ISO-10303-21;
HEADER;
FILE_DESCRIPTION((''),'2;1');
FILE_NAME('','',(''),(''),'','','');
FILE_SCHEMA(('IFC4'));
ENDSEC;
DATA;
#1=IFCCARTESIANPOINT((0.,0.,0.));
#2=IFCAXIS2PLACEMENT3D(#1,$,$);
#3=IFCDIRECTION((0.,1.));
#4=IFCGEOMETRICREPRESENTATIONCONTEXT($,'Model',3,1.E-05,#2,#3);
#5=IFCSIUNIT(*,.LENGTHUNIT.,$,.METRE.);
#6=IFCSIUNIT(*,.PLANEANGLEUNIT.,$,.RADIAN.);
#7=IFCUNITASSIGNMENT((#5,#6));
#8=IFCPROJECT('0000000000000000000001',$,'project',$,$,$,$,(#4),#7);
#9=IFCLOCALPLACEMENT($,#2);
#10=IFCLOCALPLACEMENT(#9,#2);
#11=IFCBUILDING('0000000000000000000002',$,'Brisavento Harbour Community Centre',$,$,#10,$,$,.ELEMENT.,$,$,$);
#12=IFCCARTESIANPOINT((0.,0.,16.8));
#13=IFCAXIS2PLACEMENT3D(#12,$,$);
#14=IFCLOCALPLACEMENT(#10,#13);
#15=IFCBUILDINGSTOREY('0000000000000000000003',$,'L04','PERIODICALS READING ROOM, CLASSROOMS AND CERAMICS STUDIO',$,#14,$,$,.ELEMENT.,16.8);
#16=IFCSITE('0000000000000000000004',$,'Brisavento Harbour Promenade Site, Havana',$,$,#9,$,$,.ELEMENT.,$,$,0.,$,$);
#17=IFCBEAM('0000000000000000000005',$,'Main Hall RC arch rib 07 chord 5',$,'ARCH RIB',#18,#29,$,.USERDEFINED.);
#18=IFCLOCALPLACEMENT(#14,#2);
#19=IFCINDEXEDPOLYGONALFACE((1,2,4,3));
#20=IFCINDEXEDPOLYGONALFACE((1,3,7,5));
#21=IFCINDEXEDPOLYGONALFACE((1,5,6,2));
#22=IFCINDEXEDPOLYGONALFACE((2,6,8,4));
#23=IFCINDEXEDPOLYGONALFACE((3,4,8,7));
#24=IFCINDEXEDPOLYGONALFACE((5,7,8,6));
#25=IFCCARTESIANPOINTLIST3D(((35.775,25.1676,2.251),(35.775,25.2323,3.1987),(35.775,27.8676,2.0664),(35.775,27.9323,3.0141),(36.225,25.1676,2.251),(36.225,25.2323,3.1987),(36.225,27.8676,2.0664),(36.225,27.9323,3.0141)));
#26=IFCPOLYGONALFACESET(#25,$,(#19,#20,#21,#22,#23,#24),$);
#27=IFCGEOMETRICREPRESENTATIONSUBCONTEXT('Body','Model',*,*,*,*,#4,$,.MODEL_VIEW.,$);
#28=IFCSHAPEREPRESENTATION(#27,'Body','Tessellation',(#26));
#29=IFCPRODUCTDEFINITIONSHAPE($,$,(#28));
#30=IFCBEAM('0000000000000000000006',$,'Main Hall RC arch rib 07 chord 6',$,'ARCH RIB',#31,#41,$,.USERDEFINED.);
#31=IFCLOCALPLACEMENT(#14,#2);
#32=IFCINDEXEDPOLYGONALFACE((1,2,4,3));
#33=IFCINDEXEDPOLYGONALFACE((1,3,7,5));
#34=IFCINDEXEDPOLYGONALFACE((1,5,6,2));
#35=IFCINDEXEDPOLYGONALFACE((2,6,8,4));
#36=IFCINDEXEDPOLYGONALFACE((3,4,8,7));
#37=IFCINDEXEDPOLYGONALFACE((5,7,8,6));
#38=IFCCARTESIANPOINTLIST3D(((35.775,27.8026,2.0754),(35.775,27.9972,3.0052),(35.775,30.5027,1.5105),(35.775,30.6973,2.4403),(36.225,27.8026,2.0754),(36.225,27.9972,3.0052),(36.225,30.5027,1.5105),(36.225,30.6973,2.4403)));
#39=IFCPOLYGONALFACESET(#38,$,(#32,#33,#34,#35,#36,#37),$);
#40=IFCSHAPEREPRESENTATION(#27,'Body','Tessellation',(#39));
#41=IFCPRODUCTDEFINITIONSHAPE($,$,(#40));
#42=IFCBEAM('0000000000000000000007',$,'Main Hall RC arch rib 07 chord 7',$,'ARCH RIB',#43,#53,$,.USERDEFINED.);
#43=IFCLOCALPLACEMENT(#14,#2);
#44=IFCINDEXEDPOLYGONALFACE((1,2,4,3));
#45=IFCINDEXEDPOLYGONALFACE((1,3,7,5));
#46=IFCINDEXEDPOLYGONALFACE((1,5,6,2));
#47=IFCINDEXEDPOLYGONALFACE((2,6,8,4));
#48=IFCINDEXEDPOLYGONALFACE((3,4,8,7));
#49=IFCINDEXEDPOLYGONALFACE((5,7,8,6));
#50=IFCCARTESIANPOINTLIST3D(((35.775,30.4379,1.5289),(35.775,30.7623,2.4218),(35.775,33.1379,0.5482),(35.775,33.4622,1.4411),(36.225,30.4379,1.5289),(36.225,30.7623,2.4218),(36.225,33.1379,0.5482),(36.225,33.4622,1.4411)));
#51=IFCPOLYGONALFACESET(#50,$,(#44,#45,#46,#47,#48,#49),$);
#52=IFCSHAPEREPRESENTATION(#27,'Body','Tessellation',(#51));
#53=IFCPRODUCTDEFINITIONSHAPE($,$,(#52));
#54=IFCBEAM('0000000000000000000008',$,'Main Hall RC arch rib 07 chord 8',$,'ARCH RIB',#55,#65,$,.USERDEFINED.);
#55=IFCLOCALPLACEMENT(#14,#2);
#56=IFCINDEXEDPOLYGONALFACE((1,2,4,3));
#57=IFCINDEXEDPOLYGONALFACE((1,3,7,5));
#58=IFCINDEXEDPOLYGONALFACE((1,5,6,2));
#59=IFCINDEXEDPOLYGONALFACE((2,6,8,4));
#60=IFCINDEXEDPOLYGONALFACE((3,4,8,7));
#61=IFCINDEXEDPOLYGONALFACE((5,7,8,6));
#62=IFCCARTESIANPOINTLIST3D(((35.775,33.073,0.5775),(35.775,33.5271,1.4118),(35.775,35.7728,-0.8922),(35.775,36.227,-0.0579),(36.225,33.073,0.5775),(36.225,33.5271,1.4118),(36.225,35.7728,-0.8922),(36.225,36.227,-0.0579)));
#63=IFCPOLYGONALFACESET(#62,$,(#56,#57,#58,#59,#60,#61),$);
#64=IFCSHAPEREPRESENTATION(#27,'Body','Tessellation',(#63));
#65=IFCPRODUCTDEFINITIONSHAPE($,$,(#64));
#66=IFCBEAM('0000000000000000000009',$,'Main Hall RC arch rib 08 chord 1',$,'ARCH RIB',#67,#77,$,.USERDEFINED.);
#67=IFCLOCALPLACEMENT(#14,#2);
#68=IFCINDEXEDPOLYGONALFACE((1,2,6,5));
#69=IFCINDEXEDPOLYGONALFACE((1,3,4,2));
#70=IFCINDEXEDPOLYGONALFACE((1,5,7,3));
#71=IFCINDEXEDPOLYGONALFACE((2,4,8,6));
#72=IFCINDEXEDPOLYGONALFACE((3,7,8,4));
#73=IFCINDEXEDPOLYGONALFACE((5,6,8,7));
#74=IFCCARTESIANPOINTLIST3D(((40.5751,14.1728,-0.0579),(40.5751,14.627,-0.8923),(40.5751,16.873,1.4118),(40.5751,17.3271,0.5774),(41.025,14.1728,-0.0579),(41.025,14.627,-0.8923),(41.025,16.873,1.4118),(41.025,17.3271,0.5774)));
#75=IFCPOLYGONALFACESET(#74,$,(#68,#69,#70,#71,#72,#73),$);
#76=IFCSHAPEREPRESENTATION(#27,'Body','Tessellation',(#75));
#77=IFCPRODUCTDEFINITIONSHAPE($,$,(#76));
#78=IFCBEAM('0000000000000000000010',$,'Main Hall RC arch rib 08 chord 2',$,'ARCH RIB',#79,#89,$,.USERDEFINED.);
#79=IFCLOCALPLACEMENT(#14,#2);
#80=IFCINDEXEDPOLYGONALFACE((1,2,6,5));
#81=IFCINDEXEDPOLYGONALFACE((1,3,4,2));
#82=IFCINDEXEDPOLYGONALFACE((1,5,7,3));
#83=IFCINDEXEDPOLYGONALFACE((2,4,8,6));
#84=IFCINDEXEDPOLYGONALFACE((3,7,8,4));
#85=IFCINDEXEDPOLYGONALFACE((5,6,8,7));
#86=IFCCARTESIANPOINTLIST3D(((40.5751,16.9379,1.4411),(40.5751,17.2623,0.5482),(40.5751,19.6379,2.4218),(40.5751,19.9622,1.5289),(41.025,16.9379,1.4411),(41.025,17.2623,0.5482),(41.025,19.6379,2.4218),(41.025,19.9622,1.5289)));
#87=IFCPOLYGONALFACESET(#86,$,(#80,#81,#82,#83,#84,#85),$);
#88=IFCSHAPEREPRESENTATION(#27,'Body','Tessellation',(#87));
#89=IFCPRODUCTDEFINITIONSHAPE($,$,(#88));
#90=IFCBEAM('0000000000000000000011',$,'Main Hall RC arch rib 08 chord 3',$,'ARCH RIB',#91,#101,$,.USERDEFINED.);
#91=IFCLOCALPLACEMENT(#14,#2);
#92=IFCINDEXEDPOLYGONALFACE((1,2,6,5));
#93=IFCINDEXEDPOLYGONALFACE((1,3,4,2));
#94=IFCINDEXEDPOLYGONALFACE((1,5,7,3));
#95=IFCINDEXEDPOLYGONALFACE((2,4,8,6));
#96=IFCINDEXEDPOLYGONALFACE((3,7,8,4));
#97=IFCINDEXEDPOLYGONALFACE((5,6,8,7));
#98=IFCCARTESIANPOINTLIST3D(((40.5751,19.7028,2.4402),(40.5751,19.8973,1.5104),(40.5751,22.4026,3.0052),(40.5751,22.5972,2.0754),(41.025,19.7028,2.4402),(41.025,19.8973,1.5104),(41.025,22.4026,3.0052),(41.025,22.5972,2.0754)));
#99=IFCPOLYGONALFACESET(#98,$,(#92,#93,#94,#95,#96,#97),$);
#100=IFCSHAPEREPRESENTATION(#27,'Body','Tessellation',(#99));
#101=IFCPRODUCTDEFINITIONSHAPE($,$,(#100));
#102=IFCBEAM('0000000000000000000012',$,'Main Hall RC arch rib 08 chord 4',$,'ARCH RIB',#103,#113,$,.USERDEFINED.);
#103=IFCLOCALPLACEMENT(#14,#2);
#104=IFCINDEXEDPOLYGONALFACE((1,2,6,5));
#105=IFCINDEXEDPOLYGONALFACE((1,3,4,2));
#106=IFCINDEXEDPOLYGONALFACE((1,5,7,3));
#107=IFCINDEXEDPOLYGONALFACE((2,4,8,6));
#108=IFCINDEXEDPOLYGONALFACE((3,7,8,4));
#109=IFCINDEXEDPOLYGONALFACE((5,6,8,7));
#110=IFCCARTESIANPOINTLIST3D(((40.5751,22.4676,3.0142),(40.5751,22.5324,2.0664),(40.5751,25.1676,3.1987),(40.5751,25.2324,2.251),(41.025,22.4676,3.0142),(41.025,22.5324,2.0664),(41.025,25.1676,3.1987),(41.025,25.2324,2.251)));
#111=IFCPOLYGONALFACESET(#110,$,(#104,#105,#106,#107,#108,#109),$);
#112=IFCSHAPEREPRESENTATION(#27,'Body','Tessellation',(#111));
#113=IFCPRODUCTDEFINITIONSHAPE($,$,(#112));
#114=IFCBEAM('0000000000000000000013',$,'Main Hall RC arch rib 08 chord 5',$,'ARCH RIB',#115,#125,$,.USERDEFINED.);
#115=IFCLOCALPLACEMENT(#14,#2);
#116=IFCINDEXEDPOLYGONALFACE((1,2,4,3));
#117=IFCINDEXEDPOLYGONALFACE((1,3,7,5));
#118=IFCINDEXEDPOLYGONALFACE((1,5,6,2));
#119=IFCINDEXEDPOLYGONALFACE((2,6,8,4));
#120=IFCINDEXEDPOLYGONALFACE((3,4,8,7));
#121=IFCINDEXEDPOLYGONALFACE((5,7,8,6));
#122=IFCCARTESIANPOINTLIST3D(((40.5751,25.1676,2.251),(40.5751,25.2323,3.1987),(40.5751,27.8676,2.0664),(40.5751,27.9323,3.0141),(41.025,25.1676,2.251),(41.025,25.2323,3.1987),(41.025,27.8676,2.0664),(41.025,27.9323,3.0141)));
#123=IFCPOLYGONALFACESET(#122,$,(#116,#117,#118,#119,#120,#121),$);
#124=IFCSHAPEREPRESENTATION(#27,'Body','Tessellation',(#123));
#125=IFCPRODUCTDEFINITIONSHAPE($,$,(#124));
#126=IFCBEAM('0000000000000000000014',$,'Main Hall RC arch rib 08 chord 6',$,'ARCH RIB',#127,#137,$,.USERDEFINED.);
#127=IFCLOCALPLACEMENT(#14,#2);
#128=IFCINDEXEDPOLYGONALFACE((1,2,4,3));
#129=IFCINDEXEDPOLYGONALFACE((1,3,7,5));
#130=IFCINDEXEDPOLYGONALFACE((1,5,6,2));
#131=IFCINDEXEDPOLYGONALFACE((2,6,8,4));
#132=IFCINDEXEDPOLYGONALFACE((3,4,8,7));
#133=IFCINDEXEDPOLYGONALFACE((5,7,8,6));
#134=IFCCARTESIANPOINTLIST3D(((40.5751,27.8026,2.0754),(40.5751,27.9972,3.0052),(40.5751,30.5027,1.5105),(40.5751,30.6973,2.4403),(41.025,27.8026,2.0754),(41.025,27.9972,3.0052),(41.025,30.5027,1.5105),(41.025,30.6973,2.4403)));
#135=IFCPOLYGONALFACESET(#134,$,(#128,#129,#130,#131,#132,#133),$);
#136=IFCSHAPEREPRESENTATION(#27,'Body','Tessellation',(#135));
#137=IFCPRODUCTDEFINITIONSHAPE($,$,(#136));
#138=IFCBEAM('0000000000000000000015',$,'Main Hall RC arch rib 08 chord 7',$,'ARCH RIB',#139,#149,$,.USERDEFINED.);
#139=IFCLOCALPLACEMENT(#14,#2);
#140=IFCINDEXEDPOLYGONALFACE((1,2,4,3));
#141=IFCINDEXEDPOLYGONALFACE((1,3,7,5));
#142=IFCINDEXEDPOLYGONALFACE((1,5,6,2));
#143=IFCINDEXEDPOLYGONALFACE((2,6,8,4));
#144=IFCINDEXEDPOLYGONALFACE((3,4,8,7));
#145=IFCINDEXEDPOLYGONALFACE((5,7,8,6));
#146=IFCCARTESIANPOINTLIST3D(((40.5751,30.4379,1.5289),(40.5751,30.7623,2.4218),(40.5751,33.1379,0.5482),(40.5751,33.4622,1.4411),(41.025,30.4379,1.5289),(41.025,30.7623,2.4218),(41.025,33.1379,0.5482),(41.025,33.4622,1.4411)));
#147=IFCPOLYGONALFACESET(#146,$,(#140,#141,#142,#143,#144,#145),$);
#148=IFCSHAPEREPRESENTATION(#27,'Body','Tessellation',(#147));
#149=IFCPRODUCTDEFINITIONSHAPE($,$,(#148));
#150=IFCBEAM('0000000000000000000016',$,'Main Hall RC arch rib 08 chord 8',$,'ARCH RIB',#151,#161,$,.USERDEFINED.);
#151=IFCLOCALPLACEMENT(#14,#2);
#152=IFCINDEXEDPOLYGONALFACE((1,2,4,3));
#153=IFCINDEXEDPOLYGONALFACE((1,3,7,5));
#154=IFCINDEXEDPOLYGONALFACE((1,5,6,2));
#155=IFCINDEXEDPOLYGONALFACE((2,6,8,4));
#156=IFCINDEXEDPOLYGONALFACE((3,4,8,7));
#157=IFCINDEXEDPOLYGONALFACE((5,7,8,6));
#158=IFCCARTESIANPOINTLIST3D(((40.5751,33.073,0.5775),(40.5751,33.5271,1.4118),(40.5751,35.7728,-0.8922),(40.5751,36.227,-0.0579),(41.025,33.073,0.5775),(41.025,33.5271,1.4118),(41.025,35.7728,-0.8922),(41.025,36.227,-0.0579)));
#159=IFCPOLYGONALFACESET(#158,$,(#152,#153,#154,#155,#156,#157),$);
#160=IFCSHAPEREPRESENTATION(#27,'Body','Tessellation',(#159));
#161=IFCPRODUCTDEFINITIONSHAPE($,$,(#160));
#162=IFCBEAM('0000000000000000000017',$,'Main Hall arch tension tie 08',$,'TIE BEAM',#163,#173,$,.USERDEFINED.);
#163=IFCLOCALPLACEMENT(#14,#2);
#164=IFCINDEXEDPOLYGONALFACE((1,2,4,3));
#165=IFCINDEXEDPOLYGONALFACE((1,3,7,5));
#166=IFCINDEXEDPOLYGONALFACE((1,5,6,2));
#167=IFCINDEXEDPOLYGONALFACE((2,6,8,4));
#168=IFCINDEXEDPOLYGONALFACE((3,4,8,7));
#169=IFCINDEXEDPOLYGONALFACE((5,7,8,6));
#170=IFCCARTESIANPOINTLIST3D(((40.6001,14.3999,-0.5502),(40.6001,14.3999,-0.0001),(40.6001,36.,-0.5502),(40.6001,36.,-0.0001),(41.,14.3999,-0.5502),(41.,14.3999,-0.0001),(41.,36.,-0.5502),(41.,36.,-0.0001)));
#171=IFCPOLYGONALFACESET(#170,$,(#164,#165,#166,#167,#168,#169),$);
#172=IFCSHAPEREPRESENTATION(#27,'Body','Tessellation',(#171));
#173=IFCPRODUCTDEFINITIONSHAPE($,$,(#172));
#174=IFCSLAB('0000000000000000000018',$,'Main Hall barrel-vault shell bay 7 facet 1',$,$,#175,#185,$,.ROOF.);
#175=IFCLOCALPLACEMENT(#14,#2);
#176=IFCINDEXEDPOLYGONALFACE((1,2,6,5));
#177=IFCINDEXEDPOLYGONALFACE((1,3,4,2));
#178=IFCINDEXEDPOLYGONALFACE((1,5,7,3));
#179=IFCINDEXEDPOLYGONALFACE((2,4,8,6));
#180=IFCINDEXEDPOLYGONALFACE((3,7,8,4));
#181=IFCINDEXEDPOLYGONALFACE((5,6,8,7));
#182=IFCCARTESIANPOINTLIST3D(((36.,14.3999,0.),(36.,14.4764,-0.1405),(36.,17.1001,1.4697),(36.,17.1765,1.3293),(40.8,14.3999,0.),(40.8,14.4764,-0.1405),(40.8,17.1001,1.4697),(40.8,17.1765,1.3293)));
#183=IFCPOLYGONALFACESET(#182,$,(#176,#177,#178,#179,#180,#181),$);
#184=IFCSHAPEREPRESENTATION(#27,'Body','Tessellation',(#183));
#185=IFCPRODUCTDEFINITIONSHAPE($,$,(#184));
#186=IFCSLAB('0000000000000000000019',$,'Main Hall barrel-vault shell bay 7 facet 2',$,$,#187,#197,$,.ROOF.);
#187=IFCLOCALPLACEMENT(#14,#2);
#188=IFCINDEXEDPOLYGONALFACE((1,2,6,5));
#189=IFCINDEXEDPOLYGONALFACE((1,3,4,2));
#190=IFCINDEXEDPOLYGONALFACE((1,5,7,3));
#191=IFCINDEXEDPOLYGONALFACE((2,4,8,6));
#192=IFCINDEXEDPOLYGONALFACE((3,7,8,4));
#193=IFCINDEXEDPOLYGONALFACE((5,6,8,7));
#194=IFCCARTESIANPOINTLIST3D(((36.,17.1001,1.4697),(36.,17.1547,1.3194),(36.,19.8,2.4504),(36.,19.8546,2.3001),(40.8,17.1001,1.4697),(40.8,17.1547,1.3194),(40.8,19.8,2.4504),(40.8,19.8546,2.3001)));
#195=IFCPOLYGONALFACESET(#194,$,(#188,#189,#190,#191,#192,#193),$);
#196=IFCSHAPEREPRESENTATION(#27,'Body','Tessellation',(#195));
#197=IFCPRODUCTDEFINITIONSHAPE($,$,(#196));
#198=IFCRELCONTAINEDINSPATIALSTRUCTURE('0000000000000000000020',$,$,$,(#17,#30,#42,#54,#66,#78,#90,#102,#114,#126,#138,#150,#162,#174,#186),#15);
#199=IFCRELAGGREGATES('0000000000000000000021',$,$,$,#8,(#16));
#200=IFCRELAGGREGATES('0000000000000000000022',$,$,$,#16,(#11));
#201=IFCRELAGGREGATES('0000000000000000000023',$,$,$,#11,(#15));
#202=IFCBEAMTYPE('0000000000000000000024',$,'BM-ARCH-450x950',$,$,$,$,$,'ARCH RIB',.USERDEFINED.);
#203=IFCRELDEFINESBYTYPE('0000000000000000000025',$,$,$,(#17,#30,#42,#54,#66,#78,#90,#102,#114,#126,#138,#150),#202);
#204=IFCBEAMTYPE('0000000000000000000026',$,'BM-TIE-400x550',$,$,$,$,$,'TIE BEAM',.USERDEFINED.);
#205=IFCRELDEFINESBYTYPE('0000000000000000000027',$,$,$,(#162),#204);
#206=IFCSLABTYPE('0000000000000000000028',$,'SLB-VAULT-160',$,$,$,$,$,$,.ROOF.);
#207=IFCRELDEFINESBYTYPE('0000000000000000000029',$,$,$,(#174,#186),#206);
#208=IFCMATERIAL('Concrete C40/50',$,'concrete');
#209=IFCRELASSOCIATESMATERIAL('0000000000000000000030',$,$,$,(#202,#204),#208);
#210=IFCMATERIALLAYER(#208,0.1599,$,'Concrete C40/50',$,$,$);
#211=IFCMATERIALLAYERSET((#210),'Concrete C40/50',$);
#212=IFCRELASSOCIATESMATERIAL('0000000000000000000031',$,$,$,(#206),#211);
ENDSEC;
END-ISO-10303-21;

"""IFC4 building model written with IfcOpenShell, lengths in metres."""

from ifc_helpers import new_model, si_unit, direction, frame, origin, origin_2d, place, context, subcontext, project, spatial, polyline, rectangle, outline, extrude, material, layer, layer_set, material_profile, profile_set, type_object, element, save


model = new_model("IFC4")

# Units and contexts
model_context = context("Model", 3, precision=1e-05, world=origin(), true_north=direction((0.0, 1.0)))
body_context = subcontext(model_context, "Body", "Model", "MODEL_VIEW")
ifc_project = project(units=[si_unit("LENGTHUNIT", "METRE"), si_unit("PLANEANGLEUNIT", "RADIAN")], contexts=[model_context])

# Site, building, storey
site_placement = place(None, origin())
site = spatial("IfcSite", under=ifc_project, at=site_placement, Name="Brisavento Harbour Promenade Site, Havana", CompositionType="ELEMENT", RefElevation=0.0)
building_placement = place(site_placement, origin())
building = spatial("IfcBuilding", under=site, at=building_placement, Name="Brisavento Harbour Community Centre", CompositionType="ELEMENT")
storey_placement = place(building_placement, frame((0.0, 0.0, 16.8)))
storey = spatial("IfcBuildingStorey", under=building, at=storey_placement, Name="L04", Description="PERIODICALS READING ROOM, CLASSROOMS AND CERAMICS STUDIO", CompositionType="ELEMENT", Elevation=16.8)

# Beams
ifc_material = material(Name="Concrete C40/50", Category="concrete")
ifc_material_profile_1 = material_profile(ifc_material, rectangle(XDim=0.45, YDim=0.95, at=origin_2d()), Name="Concrete C40/50")
ifc_profile_set_1 = profile_set([ifc_material_profile_1], Name="Concrete C40/50")
beam_type_1 = type_object("IfcBeamType", Name="BM-ARCH-450x950", ElementType="ARCH RIB", PredefinedType="USERDEFINED", material=ifc_profile_set_1)
beam_1_placement = place(storey_placement, frame((36.0, 25.2, 2.7249), z_axis=(0.0, 0.997672, -0.068201), x_axis=(-1.0, 0.0, 0.0)))
element("IfcBeam", 1, at=beam_1_placement, inside=storey, type_object=beam_type_1, Name="Main Hall RC arch rib 07 chord 5", ObjectType="ARCH RIB", PredefinedType="USERDEFINED", context=body_context, shape_type="SweptSolid", body=[
    extrude(rectangle(XDim=0.45, YDim=0.95, at=origin_2d()), origin(), (0.0, 0.0, 1.0), 2.7063),
])
beam_2_placement = place(storey_placement, frame((36.0, 27.8999, 2.5403), z_axis=(0.0, 0.978806, -0.204788), x_axis=(-1.0, 0.0, 0.0)))
element("IfcBeam", 2, at=beam_2_placement, inside=storey, type_object=beam_type_1, Name="Main Hall RC arch rib 07 chord 6", ObjectType="ARCH RIB", PredefinedType="USERDEFINED", context=body_context, shape_type="SweptSolid", body=[
    extrude(rectangle(XDim=0.45, YDim=0.95, at=origin_2d()), origin(), (0.0, 0.0, 1.0), 2.7585),
])
beam_3_placement = place(storey_placement, frame((36.0, 30.6001, 1.9753), z_axis=(0.0, 0.939915, -0.341409), x_axis=(-1.0, 0.0, 0.0)))
element("IfcBeam", 3, at=beam_3_placement, inside=storey, type_object=beam_type_1, Name="Main Hall RC arch rib 07 chord 7", ObjectType="ARCH RIB", PredefinedType="USERDEFINED", context=body_context, shape_type="SweptSolid", body=[
    extrude(rectangle(XDim=0.45, YDim=0.95, at=origin_2d()), origin(), (0.0, 0.0, 1.0), 2.8726),
])
beam_4_placement = place(storey_placement, frame((36.0, 33.3, 0.9946), z_axis=(0.0, 0.878302, -0.478106), x_axis=(-1.0, 0.0, 0.0)))
element("IfcBeam", 4, at=beam_4_placement, inside=storey, type_object=beam_type_1, Name="Main Hall RC arch rib 07 chord 8", ObjectType="ARCH RIB", PredefinedType="USERDEFINED", context=body_context, shape_type="SweptSolid", body=[
    extrude(rectangle(XDim=0.45, YDim=0.95, at=origin_2d()), origin(), (0.0, 0.0, 1.0), 3.074),
])
beam_5_placement = place(storey_placement, frame((40.8, 14.3999, -0.4751), z_axis=(0.0, 0.87832, 0.478073), x_axis=(-1.0, 0.0, 0.0)))
element("IfcBeam", 5, at=beam_5_placement, inside=storey, type_object=beam_type_1, Name="Main Hall RC arch rib 08 chord 1", ObjectType="ARCH RIB", PredefinedType="USERDEFINED", context=body_context, shape_type="SweptSolid", body=[
    extrude(rectangle(XDim=0.45, YDim=0.95, at=origin_2d()), origin(), (0.0, 0.0, 1.0), 3.0742),
])
beam_6_placement = place(storey_placement, frame((40.8, 17.1001, 0.9946), z_axis=(0.0, 0.939915, 0.341409), x_axis=(-1.0, 0.0, 0.0)))
element("IfcBeam", 6, at=beam_6_placement, inside=storey, type_object=beam_type_1, Name="Main Hall RC arch rib 08 chord 2", ObjectType="ARCH RIB", PredefinedType="USERDEFINED", context=body_context, shape_type="SweptSolid", body=[
    extrude(rectangle(XDim=0.45, YDim=0.95, at=origin_2d()), origin(), (0.0, 0.0, 1.0), 2.8726),
])
beam_7_placement = place(storey_placement, frame((40.8, 19.8, 1.9753), z_axis=(0.0, 0.978803, 0.204806), x_axis=(-1.0, 0.0, 0.0)))
element("IfcBeam", 7, at=beam_7_placement, inside=storey, type_object=beam_type_1, Name="Main Hall RC arch rib 08 chord 3", ObjectType="ARCH RIB", PredefinedType="USERDEFINED", context=body_context, shape_type="SweptSolid", body=[
    extrude(rectangle(XDim=0.45, YDim=0.95, at=origin_2d()), origin(), (0.0, 0.0, 1.0), 2.7583),
])
for number, where, z_axis, x_axis, name in (
    (8, (40.8, 22.5, 2.5403), (0.0, 0.997672, 0.068201), (-1.0, 0.0, 0.0), "Main Hall RC arch rib 08 chord 4"),
    (9, (40.8, 25.2, 2.7249), (0.0, 0.997672, -0.068201), (-1.0, 0.0, 0.0), "Main Hall RC arch rib 08 chord 5"),
):
    element("IfcBeam", number, at=place(storey_placement, frame(where, z_axis=z_axis, x_axis=x_axis)), inside=storey, type_object=beam_type_1, Name=name, ObjectType="ARCH RIB", PredefinedType="USERDEFINED", context=body_context, shape_type="SweptSolid", body=[
        extrude(rectangle(XDim=0.45, YDim=0.95, at=origin_2d()), origin(), (0.0, 0.0, 1.0), 2.7063),
    ])
beam_8_placement = place(storey_placement, frame((40.8, 27.8999, 2.5403), z_axis=(0.0, 0.978806, -0.204788), x_axis=(-1.0, 0.0, 0.0)))
element("IfcBeam", 10, at=beam_8_placement, inside=storey, type_object=beam_type_1, Name="Main Hall RC arch rib 08 chord 6", ObjectType="ARCH RIB", PredefinedType="USERDEFINED", context=body_context, shape_type="SweptSolid", body=[
    extrude(rectangle(XDim=0.45, YDim=0.95, at=origin_2d()), origin(), (0.0, 0.0, 1.0), 2.7585),
])
beam_9_placement = place(storey_placement, frame((40.8, 30.6001, 1.9753), z_axis=(0.0, 0.939915, -0.341409), x_axis=(-1.0, 0.0, 0.0)))
element("IfcBeam", 11, at=beam_9_placement, inside=storey, type_object=beam_type_1, Name="Main Hall RC arch rib 08 chord 7", ObjectType="ARCH RIB", PredefinedType="USERDEFINED", context=body_context, shape_type="SweptSolid", body=[
    extrude(rectangle(XDim=0.45, YDim=0.95, at=origin_2d()), origin(), (0.0, 0.0, 1.0), 2.8726),
])
beam_10_placement = place(storey_placement, frame((40.8, 33.3, 0.9946), z_axis=(0.0, 0.878302, -0.478106), x_axis=(-1.0, 0.0, 0.0)))
element("IfcBeam", 12, at=beam_10_placement, inside=storey, type_object=beam_type_1, Name="Main Hall RC arch rib 08 chord 8", ObjectType="ARCH RIB", PredefinedType="USERDEFINED", context=body_context, shape_type="SweptSolid", body=[
    extrude(rectangle(XDim=0.45, YDim=0.95, at=origin_2d()), origin(), (0.0, 0.0, 1.0), 3.074),
])
ifc_material_profile_2 = material_profile(ifc_material, rectangle(XDim=0.3999, YDim=0.55, at=origin_2d()), Name="Concrete C40/50")
ifc_profile_set_2 = profile_set([ifc_material_profile_2], Name="Concrete C40/50")
beam_type_2 = type_object("IfcBeamType", Name="BM-TIE-400x550", ElementType="TIE BEAM", PredefinedType="USERDEFINED", material=ifc_profile_set_2)
beam_11_placement = place(storey_placement, frame((40.8, 14.3999, -0.2751), z_axis=(0.0, 1.0, 0.0), x_axis=(-1.0, 0.0, 0.0)))
element("IfcBeam", 13, at=beam_11_placement, inside=storey, type_object=beam_type_2, Name="Main Hall arch tension tie 08", ObjectType="TIE BEAM", PredefinedType="USERDEFINED", context=body_context, shape_type="SweptSolid", body=[
    extrude(rectangle(XDim=0.3999, YDim=0.55, at=origin_2d()), origin(), (0.0, 0.0, 1.0), 21.6001),
])

# Slabs
ifc_layer = layer(ifc_material, 0.1599, Name="Concrete C40/50")
ifc_layer_set = layer_set([ifc_layer], Name="Concrete C40/50")
slab_type = type_object("IfcSlabType", Name="SLB-VAULT-160", PredefinedType="ROOF", material=ifc_layer_set)
slab_1_placement = place(storey_placement, frame((36.0, 14.3999, 0.0), z_axis=(0.0, -0.478073, 0.87832), x_axis=(1.0, 0.0, 0.0)))
element("IfcSlab", 14, at=slab_1_placement, inside=storey, type_object=slab_type, Name="Main Hall barrel-vault shell bay 7 facet 1", PredefinedType="ROOF", context=body_context, shape_type="SweptSolid", body=[
    extrude(outline(polyline([(0.0, 0.0), (4.8, 0.0), (4.8, 3.0743), (0.0, 3.0743), (0.0, 0.0)])), origin(), (0.0, 0.0, -1.0), 0.1599),
])
slab_2_placement = place(storey_placement, frame((36.0, 17.1001, 1.4697), z_axis=(0.0, -0.341409, 0.939915), x_axis=(1.0, 0.0, 0.0)))
element("IfcSlab", 15, at=slab_2_placement, inside=storey, type_object=slab_type, Name="Main Hall barrel-vault shell bay 7 facet 2", PredefinedType="ROOF", context=body_context, shape_type="SweptSolid", body=[
    extrude(outline(polyline([(0.0, 0.0), (4.8, 0.0), (4.8, 2.8725), (0.0, 2.8725), (0.0, 0.0)])), origin(), (0.0, 0.0, -1.0), 0.1599),
])

save(model, "model.ifc")
